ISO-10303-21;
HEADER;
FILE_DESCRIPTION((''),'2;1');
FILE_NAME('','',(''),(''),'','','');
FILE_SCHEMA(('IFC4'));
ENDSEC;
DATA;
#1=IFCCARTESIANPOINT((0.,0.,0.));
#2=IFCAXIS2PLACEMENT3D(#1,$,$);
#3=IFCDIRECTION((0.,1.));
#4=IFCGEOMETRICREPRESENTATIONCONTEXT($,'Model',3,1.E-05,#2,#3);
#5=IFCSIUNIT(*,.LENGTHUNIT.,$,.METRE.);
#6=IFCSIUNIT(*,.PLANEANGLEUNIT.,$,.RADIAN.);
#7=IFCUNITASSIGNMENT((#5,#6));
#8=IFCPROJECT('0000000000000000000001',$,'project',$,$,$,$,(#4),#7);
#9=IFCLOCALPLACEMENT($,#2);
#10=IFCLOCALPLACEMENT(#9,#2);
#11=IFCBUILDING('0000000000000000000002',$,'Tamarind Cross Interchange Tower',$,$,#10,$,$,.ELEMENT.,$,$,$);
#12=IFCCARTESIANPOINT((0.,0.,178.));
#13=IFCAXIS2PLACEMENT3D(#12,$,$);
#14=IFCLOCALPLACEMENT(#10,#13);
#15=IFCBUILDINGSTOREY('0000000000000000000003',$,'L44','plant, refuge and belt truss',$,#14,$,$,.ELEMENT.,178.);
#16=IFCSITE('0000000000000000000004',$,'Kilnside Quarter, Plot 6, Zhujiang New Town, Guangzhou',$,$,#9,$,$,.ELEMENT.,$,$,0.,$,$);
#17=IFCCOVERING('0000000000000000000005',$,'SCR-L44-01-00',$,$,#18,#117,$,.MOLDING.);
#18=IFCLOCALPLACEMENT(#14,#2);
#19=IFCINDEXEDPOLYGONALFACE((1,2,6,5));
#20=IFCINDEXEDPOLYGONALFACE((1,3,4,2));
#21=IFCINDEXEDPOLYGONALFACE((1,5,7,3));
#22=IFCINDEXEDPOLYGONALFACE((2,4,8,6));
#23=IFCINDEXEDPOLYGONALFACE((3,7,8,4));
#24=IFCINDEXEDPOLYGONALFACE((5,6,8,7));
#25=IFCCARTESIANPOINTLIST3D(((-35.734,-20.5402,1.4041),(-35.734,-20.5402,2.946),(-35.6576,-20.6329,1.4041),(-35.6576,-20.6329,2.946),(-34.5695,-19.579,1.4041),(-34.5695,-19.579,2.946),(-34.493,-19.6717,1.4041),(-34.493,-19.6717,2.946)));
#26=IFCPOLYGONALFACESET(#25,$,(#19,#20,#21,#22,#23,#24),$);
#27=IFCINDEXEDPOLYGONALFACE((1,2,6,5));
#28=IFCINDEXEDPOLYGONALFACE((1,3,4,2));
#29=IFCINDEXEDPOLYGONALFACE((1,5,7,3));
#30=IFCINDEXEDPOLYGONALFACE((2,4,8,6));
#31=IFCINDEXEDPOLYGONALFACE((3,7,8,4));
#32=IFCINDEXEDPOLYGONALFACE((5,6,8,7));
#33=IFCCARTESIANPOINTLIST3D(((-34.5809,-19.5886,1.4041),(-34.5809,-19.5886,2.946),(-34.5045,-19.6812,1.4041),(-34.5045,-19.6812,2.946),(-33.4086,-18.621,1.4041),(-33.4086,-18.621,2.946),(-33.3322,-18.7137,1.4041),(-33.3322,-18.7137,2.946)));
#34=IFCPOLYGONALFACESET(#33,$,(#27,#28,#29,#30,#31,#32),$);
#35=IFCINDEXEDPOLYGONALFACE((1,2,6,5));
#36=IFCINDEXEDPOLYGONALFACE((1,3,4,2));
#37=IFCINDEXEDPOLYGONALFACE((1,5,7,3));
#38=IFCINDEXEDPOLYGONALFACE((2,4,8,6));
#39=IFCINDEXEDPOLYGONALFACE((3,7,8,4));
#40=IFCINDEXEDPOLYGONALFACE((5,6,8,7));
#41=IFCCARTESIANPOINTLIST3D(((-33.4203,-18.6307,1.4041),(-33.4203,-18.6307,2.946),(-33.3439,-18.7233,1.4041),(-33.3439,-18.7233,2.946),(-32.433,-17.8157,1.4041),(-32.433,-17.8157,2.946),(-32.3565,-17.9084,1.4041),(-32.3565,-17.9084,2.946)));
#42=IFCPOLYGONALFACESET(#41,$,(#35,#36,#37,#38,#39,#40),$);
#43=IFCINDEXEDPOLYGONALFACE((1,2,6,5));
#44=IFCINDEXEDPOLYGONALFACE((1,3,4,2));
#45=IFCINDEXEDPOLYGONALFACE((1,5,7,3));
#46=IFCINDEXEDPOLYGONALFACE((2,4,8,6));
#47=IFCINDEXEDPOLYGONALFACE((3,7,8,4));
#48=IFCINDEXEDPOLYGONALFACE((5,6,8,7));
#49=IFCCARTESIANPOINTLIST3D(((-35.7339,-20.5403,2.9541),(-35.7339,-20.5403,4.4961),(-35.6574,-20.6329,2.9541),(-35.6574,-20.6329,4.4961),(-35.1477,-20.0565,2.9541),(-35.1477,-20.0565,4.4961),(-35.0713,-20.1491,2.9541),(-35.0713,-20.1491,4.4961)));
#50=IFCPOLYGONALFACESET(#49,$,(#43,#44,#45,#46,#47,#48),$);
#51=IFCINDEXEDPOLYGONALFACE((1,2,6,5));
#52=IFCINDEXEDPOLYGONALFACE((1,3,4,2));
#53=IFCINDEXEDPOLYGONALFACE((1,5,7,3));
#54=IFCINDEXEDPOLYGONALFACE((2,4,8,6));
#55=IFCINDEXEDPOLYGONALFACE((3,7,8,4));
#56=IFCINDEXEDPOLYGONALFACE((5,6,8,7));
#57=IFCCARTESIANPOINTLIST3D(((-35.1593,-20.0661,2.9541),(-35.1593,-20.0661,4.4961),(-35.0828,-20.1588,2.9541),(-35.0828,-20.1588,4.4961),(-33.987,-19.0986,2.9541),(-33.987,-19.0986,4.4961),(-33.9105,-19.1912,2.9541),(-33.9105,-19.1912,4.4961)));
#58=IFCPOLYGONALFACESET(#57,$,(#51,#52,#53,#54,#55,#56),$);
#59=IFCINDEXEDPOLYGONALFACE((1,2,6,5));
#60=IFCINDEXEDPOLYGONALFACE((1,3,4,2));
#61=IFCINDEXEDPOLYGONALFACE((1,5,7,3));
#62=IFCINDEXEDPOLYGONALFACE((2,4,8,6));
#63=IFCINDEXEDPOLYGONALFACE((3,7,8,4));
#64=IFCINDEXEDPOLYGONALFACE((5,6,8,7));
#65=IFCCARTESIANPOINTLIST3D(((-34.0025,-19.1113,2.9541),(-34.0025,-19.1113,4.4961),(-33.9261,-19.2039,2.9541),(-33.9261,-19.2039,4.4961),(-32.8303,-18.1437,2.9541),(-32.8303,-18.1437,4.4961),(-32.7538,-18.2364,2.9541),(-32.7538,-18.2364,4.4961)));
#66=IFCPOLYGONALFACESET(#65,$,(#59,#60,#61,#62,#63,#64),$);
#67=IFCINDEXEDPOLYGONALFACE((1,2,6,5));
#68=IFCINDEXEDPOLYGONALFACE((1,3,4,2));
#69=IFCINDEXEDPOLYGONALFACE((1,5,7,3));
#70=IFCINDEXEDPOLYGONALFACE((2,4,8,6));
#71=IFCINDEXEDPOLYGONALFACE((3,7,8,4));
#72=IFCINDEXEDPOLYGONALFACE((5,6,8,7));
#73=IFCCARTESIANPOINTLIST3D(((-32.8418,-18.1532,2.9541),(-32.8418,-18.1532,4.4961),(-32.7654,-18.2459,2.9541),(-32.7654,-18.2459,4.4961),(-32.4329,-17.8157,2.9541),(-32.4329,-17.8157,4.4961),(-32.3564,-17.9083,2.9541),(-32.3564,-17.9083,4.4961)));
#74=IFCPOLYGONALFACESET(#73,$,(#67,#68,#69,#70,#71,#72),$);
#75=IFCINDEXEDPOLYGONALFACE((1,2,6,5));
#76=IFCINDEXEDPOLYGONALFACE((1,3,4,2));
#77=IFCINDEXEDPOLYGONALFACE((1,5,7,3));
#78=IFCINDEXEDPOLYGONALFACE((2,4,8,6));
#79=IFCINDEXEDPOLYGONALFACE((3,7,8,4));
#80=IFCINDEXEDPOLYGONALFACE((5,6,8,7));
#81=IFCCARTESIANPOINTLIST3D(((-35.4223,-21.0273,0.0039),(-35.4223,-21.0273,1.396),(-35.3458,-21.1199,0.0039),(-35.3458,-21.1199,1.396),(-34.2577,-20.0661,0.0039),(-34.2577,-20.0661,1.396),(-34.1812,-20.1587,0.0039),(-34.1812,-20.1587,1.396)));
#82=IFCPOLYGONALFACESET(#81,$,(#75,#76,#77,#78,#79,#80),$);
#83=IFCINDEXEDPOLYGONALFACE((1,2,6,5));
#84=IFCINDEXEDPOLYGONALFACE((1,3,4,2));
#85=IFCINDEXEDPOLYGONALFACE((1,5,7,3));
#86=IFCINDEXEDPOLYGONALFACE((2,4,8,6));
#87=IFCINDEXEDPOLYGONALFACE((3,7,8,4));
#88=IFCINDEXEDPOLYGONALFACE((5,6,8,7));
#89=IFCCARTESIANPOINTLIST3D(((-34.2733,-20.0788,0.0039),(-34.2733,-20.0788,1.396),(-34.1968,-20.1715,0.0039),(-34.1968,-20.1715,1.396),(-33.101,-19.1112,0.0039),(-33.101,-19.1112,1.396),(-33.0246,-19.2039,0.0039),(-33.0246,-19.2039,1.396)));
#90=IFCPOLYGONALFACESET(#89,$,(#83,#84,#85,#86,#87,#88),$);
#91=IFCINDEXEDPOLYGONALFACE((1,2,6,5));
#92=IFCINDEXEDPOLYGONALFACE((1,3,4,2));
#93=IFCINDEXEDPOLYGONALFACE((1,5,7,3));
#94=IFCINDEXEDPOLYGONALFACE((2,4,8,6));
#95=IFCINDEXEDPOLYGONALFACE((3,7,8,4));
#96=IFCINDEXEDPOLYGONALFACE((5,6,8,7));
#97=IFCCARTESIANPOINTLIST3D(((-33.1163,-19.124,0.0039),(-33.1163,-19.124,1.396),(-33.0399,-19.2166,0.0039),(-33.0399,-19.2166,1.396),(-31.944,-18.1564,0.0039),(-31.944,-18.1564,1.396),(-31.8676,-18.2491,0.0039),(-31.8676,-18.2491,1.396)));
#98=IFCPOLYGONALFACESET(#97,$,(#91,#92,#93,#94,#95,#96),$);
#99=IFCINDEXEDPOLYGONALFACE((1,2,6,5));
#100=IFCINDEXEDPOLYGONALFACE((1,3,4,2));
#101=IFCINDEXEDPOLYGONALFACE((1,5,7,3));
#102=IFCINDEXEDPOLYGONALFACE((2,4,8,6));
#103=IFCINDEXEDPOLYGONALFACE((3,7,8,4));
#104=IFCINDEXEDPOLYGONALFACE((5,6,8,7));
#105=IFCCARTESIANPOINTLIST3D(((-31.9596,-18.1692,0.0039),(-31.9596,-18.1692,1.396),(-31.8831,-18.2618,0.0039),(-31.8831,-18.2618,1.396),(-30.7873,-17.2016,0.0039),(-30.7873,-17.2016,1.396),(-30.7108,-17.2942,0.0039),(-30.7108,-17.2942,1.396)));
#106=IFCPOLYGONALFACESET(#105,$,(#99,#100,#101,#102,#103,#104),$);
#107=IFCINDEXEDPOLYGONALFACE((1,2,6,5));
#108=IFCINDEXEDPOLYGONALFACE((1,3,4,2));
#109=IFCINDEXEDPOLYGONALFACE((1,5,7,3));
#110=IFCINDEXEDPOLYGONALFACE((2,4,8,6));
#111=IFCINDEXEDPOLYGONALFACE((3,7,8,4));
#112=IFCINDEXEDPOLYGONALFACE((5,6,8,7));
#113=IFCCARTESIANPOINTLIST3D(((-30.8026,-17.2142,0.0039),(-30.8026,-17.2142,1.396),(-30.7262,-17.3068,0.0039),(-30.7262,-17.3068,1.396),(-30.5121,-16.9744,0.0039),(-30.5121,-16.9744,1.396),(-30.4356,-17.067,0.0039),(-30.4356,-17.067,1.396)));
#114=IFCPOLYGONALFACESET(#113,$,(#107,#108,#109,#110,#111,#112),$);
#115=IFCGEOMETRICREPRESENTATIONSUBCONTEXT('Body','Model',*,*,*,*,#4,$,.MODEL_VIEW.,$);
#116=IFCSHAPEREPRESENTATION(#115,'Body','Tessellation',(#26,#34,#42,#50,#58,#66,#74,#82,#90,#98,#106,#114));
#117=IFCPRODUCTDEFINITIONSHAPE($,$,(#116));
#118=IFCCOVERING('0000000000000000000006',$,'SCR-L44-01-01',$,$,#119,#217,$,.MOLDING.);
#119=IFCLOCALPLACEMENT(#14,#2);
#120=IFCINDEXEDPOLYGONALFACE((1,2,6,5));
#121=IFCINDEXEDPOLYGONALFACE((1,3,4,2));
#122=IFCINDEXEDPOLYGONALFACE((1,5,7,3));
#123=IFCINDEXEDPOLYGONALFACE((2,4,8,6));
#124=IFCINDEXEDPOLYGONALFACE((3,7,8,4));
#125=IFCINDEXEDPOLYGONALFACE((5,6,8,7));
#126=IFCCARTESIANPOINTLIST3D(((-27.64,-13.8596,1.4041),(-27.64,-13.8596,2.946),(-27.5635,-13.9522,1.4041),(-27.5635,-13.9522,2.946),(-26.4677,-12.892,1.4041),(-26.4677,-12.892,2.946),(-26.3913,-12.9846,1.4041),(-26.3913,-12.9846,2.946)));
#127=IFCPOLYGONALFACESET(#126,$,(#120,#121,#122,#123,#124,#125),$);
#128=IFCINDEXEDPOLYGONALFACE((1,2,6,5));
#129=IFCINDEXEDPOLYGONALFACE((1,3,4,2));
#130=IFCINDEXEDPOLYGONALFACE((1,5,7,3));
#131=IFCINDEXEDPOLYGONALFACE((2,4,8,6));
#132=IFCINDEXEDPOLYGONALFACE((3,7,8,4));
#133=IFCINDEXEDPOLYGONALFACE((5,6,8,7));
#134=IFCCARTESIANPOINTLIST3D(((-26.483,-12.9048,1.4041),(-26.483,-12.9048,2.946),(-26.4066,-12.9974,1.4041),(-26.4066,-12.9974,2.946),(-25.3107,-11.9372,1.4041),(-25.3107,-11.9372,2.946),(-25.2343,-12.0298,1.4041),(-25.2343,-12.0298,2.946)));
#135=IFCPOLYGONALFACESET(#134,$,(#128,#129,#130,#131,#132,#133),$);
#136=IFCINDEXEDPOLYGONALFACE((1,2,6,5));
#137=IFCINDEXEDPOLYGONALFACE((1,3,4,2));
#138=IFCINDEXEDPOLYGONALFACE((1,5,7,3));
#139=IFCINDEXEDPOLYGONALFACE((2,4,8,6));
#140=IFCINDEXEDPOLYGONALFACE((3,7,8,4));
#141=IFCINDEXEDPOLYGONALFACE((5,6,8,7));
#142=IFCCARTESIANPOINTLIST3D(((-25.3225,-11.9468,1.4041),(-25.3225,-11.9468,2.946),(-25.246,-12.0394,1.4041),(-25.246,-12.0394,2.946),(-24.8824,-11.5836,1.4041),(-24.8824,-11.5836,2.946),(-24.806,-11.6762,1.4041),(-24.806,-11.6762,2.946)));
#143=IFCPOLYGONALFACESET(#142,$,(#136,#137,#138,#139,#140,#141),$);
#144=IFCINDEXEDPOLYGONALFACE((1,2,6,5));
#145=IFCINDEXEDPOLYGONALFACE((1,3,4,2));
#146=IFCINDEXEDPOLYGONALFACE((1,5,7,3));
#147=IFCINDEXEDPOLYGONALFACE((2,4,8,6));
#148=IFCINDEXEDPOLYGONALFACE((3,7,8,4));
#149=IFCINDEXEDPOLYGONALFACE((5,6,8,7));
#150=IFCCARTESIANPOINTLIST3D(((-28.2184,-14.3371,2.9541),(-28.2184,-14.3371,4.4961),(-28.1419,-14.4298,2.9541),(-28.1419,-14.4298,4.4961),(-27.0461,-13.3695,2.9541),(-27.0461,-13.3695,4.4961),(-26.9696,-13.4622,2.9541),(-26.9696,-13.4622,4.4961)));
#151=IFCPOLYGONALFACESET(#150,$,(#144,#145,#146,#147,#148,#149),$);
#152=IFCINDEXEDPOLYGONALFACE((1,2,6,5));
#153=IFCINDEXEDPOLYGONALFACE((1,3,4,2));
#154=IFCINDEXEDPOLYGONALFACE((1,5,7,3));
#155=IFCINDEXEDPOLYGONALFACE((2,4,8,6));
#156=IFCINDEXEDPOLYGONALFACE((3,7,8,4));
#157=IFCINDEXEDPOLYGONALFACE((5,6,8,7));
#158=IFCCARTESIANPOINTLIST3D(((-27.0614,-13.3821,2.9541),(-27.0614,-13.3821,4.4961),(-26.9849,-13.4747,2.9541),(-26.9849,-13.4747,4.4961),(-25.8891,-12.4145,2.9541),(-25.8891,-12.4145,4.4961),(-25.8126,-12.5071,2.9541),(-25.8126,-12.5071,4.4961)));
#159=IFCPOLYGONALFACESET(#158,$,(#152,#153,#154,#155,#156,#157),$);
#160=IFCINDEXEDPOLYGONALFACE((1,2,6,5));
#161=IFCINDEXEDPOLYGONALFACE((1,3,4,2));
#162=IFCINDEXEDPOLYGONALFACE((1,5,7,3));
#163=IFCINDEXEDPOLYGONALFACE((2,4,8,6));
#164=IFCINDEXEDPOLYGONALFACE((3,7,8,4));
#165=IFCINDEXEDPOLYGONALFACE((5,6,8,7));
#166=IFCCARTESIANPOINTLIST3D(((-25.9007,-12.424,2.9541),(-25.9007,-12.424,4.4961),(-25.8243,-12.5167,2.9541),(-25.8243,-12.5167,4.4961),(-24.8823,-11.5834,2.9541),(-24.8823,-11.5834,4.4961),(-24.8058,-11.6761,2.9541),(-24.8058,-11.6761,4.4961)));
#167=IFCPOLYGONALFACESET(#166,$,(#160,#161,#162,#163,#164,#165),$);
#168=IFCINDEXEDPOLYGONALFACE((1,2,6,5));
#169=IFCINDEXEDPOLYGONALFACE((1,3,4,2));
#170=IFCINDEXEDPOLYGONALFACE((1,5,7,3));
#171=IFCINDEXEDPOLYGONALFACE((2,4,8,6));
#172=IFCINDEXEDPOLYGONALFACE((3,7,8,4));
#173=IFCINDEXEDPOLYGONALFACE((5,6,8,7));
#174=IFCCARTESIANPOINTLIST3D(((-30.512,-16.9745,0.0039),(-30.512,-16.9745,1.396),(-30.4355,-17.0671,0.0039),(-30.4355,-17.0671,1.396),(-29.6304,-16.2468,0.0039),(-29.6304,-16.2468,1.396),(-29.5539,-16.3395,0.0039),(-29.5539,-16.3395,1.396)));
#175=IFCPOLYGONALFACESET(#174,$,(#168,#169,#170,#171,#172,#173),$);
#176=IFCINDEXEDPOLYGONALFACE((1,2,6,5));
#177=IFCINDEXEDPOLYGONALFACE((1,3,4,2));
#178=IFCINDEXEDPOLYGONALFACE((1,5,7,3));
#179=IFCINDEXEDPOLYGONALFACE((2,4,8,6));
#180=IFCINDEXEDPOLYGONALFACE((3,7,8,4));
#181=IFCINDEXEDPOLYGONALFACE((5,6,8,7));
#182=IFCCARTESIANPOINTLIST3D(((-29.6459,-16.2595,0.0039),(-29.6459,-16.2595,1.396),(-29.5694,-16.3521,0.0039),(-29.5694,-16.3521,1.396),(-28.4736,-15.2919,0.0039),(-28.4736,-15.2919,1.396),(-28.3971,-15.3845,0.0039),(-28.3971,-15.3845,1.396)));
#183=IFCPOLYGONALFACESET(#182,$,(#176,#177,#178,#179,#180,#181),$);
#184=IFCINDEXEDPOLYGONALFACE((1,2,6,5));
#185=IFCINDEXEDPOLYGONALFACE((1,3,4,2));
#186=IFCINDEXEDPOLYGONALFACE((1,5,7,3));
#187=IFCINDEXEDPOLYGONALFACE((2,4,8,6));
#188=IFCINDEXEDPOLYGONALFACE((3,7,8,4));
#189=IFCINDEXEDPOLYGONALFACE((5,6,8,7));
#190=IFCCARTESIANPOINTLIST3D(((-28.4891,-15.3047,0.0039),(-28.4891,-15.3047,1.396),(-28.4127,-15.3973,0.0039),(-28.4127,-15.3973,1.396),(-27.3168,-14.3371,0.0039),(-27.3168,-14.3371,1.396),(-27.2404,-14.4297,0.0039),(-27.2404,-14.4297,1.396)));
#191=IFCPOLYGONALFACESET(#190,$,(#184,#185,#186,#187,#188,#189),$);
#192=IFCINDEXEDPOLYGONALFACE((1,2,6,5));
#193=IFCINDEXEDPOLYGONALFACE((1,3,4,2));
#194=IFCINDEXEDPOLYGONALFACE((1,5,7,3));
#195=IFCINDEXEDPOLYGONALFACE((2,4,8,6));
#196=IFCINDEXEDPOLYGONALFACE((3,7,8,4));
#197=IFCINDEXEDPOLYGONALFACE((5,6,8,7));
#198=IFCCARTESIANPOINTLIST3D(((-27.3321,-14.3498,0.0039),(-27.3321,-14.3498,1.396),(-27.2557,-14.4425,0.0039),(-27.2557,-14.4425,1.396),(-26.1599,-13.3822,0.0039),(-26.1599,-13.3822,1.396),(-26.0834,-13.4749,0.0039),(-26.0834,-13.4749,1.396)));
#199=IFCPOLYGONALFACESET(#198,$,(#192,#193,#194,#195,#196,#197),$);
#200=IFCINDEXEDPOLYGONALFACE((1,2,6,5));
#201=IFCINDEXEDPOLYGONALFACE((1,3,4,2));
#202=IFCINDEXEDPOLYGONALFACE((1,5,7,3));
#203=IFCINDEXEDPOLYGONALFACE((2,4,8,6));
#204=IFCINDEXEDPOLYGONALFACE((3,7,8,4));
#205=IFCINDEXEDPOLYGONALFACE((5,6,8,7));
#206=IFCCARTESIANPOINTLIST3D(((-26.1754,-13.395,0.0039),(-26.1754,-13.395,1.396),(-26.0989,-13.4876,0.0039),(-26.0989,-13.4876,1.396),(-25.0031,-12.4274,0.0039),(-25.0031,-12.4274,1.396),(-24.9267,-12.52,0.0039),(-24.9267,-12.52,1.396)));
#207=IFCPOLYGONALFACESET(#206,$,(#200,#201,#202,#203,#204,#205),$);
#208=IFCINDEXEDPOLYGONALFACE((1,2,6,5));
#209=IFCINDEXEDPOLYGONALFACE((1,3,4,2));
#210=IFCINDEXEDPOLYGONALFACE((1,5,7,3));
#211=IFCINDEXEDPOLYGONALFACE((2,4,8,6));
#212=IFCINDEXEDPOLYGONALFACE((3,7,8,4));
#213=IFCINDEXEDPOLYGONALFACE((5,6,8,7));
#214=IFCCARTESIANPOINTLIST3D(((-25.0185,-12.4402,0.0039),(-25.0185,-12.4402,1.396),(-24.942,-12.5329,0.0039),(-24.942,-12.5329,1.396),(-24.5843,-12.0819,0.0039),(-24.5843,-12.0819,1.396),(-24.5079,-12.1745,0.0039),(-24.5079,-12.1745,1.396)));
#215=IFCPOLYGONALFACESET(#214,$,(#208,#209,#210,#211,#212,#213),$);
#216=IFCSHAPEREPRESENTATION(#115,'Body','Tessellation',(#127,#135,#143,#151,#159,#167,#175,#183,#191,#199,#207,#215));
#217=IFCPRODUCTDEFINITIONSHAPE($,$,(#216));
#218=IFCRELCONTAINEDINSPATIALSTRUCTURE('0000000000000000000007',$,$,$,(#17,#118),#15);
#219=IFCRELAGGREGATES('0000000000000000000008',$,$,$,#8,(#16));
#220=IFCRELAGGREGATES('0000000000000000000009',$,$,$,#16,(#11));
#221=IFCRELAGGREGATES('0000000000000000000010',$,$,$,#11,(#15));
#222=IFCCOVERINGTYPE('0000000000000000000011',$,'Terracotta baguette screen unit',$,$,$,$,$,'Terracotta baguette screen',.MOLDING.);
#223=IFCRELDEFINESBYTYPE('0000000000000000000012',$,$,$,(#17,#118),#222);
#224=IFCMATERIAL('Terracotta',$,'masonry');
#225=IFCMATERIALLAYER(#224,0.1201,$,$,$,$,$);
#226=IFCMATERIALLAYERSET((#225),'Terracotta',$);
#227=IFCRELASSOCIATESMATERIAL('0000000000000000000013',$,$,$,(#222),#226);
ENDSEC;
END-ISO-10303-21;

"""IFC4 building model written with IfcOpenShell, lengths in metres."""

from ifc_helpers import new_model, si_unit, direction, frame, origin, origin_2d, place, context, subcontext, project, spatial, rectangle, extrude, material, layer, layer_set, type_object, element, save


model = new_model("IFC4")

# Units and contexts
model_context = context("Model", 3, precision=1e-05, world=origin(), true_north=direction((0.0, 1.0)))
body_context = subcontext(model_context, "Body", "Model", "MODEL_VIEW")
ifc_project = project(units=[si_unit("LENGTHUNIT", "METRE"), si_unit("PLANEANGLEUNIT", "RADIAN")], contexts=[model_context])

# Site, building, storey
site_placement = place(None, origin())
site = spatial("IfcSite", under=ifc_project, at=site_placement, Name="Kilnside Quarter, Plot 6, Zhujiang New Town, Guangzhou", CompositionType="ELEMENT", RefElevation=0.0)
building_placement = place(site_placement, origin())
building = spatial("IfcBuilding", under=site, at=building_placement, Name="Tamarind Cross Interchange Tower", CompositionType="ELEMENT")
storey_placement = place(building_placement, frame((0.0, 0.0, 178.0)))
storey = spatial("IfcBuildingStorey", under=building, at=storey_placement, Name="L44", Description="plant, refuge and belt truss", CompositionType="ELEMENT", Elevation=178.0)

# Coverings
ifc_material_1 = material(Name="Terracotta", Category="masonry")
ifc_layer_1 = layer(ifc_material_1, 0.1201)
ifc_layer_set_1 = layer_set([ifc_layer_1], Name="Terracotta")
covering_type = type_object("IfcCoveringType", Name="Terracotta baguette screen unit", ElementType="Terracotta baguette screen", PredefinedType="MOLDING", material=ifc_layer_set_1)
covering_1_placement = place(storey_placement, origin())
element("IfcCovering", 1, at=covering_1_placement, inside=storey, type_object=covering_type, Name="SCR-L44-01-00", PredefinedType="MOLDING", context=body_context, shape_type="SweptSolid", body=[
    extrude(rectangle(XDim=1.51, YDim=0.1201, at=origin_2d()), frame((-35.1135, -20.106, 1.4041), z_axis=(0.0, 0.0, 1.0), x_axis=(0.771227, 0.63656, 0.0)), (0.0, 0.0, 1.0), 1.542),
    extrude(rectangle(XDim=1.52, YDim=0.1201, at=origin_2d()), frame((-33.9565, -19.1511, 1.4041), z_axis=(0.0, 0.0, 1.0), x_axis=(0.771227, 0.63656, 0.0)), (0.0, 0.0, 1.0), 1.542),
    extrude(rectangle(XDim=1.2803, YDim=0.1201, at=origin_2d()), frame((-32.8884, -18.2695, 1.4041), z_axis=(0.0, 0.0, 1.0), x_axis=(0.771227, 0.63656, 0.0)), (0.0, 0.0, 1.0), 1.542),
    extrude(rectangle(XDim=0.76, YDim=0.1201, at=origin_2d()), frame((-35.4026, -20.3447, 2.9541), z_axis=(0.0, 0.0, 1.0), x_axis=(0.771227, 0.63656, 0.0)), (0.0, 0.0, 1.0), 1.542),
    extrude(rectangle(XDim=1.52, YDim=0.1201, at=origin_2d()), frame((-34.5349, -19.6287, 2.9541), z_axis=(0.0, 0.0, 1.0), x_axis=(0.771227, 0.63656, 0.0)), (0.0, 0.0, 1.0), 1.542),
    extrude(rectangle(XDim=1.52, YDim=0.1201, at=origin_2d()), frame((-33.3782, -18.6738, 2.9541), z_axis=(0.0, 0.0, 1.0), x_axis=(0.771227, 0.63656, 0.0)), (0.0, 0.0, 1.0), 1.542),
    extrude(rectangle(XDim=0.5303, YDim=0.1201, at=origin_2d()), frame((-32.5991, -18.0308, 2.9541), z_axis=(0.0, 0.0, 1.0), x_axis=(0.771227, 0.63656, 0.0)), (0.0, 0.0, 1.0), 1.542),
    extrude(rectangle(XDim=1.51, YDim=0.1201, at=origin_2d()), frame((-34.8018, -20.593, 0.0039), z_axis=(0.0, 0.0, 1.0), x_axis=(0.771227, 0.63656, 0.0)), (0.0, 0.0, 1.0), 1.3921),
    extrude(rectangle(XDim=1.52, YDim=0.1201, at=origin_2d()), frame((-33.6489, -19.6414, 0.0039), z_axis=(0.0, 0.0, 1.0), x_axis=(0.771227, 0.63656, 0.0)), (0.0, 0.0, 1.0), 1.3921),
    extrude(rectangle(XDim=1.52, YDim=0.1201, at=origin_2d()), frame((-32.4919, -18.6865, 0.0039), z_axis=(0.0, 0.0, 1.0), x_axis=(0.771227, 0.63656, 0.0)), (0.0, 0.0, 1.0), 1.3921),
    extrude(rectangle(XDim=1.52, YDim=0.1201, at=origin_2d()), frame((-31.3352, -17.7317, 0.0039), z_axis=(0.0, 0.0, 1.0), x_axis=(0.771227, 0.63656, 0.0)), (0.0, 0.0, 1.0), 1.3921),
    extrude(rectangle(XDim=0.3767, YDim=0.1201, at=origin_2d()), frame((-30.6191, -17.1406, 0.0039), z_axis=(0.0, 0.0, 1.0), x_axis=(0.771227, 0.63656, 0.0)), (0.0, 0.0, 1.0), 1.3921),
])
covering_2_placement = place(storey_placement, origin())
element("IfcCovering", 2, at=covering_2_placement, inside=storey, type_object=covering_type, Name="SCR-L44-01-01", PredefinedType="MOLDING", context=body_context, shape_type="SweptSolid", body=[
    extrude(rectangle(XDim=1.52, YDim=0.1201, at=origin_2d()), frame((-27.0156, -13.4221, 1.4041), z_axis=(0.0, 0.0, 1.0), x_axis=(0.771227, 0.63656, 0.0)), (0.0, 0.0, 1.0), 1.542),
    extrude(rectangle(XDim=1.52, YDim=0.1201, at=origin_2d()), frame((-25.8586, -12.4673, 1.4041), z_axis=(0.0, 0.0, 1.0), x_axis=(0.771227, 0.63656, 0.0)), (0.0, 0.0, 1.0), 1.542),
    extrude(rectangle(XDim=0.5706, YDim=0.1201, at=origin_2d()), frame((-25.0642, -11.8115, 1.4041), z_axis=(0.0, 0.0, 1.0), x_axis=(0.771227, 0.63656, 0.0)), (0.0, 0.0, 1.0), 1.542),
    extrude(rectangle(XDim=1.52, YDim=0.1201, at=origin_2d()), frame((-27.594, -13.8997, 2.9541), z_axis=(0.0, 0.0, 1.0), x_axis=(0.771227, 0.63656, 0.0)), (0.0, 0.0, 1.0), 1.542),
    extrude(rectangle(XDim=1.52, YDim=0.1201, at=origin_2d()), frame((-26.437, -12.9446, 2.9541), z_axis=(0.0, 0.0, 1.0), x_axis=(0.771227, 0.63656, 0.0)), (0.0, 0.0, 1.0), 1.542),
    extrude(rectangle(XDim=1.3206, YDim=0.1201, at=origin_2d()), frame((-25.3533, -12.05, 2.9541), z_axis=(0.0, 0.0, 1.0), x_axis=(0.771227, 0.63656, 0.0)), (0.0, 0.0, 1.0), 1.542),
    extrude(rectangle(XDim=1.1431, YDim=0.1201, at=origin_2d()), frame((-30.033, -16.657, 0.0039), z_axis=(0.0, 0.0, 1.0), x_axis=(0.771227, 0.63656, 0.0)), (0.0, 0.0, 1.0), 1.3921),
    extrude(rectangle(XDim=1.52, YDim=0.1201, at=origin_2d()), frame((-29.0215, -15.822, 0.0039), z_axis=(0.0, 0.0, 1.0), x_axis=(0.771227, 0.63656, 0.0)), (0.0, 0.0, 1.0), 1.3921),
    extrude(rectangle(XDim=1.52, YDim=0.1201, at=origin_2d()), frame((-27.8647, -14.8672, 0.0039), z_axis=(0.0, 0.0, 1.0), x_axis=(0.771227, 0.63656, 0.0)), (0.0, 0.0, 1.0), 1.3921),
    extrude(rectangle(XDim=1.52, YDim=0.1201, at=origin_2d()), frame((-26.7078, -13.9124, 0.0039), z_axis=(0.0, 0.0, 1.0), x_axis=(0.771227, 0.63656, 0.0)), (0.0, 0.0, 1.0), 1.3921),
    extrude(rectangle(XDim=1.52, YDim=0.1201, at=origin_2d()), frame((-25.551, -12.9575, 0.0039), z_axis=(0.0, 0.0, 1.0), x_axis=(0.771227, 0.63656, 0.0)), (0.0, 0.0, 1.0), 1.3921),
    extrude(rectangle(XDim=0.563, YDim=0.1201, at=origin_2d()), frame((-24.7632, -12.3074, 0.0039), z_axis=(0.0, 0.0, 1.0), x_axis=(0.771227, 0.63656, 0.0)), (0.0, 0.0, 1.0), 1.3921),
])

save(model, "model.ifc")
